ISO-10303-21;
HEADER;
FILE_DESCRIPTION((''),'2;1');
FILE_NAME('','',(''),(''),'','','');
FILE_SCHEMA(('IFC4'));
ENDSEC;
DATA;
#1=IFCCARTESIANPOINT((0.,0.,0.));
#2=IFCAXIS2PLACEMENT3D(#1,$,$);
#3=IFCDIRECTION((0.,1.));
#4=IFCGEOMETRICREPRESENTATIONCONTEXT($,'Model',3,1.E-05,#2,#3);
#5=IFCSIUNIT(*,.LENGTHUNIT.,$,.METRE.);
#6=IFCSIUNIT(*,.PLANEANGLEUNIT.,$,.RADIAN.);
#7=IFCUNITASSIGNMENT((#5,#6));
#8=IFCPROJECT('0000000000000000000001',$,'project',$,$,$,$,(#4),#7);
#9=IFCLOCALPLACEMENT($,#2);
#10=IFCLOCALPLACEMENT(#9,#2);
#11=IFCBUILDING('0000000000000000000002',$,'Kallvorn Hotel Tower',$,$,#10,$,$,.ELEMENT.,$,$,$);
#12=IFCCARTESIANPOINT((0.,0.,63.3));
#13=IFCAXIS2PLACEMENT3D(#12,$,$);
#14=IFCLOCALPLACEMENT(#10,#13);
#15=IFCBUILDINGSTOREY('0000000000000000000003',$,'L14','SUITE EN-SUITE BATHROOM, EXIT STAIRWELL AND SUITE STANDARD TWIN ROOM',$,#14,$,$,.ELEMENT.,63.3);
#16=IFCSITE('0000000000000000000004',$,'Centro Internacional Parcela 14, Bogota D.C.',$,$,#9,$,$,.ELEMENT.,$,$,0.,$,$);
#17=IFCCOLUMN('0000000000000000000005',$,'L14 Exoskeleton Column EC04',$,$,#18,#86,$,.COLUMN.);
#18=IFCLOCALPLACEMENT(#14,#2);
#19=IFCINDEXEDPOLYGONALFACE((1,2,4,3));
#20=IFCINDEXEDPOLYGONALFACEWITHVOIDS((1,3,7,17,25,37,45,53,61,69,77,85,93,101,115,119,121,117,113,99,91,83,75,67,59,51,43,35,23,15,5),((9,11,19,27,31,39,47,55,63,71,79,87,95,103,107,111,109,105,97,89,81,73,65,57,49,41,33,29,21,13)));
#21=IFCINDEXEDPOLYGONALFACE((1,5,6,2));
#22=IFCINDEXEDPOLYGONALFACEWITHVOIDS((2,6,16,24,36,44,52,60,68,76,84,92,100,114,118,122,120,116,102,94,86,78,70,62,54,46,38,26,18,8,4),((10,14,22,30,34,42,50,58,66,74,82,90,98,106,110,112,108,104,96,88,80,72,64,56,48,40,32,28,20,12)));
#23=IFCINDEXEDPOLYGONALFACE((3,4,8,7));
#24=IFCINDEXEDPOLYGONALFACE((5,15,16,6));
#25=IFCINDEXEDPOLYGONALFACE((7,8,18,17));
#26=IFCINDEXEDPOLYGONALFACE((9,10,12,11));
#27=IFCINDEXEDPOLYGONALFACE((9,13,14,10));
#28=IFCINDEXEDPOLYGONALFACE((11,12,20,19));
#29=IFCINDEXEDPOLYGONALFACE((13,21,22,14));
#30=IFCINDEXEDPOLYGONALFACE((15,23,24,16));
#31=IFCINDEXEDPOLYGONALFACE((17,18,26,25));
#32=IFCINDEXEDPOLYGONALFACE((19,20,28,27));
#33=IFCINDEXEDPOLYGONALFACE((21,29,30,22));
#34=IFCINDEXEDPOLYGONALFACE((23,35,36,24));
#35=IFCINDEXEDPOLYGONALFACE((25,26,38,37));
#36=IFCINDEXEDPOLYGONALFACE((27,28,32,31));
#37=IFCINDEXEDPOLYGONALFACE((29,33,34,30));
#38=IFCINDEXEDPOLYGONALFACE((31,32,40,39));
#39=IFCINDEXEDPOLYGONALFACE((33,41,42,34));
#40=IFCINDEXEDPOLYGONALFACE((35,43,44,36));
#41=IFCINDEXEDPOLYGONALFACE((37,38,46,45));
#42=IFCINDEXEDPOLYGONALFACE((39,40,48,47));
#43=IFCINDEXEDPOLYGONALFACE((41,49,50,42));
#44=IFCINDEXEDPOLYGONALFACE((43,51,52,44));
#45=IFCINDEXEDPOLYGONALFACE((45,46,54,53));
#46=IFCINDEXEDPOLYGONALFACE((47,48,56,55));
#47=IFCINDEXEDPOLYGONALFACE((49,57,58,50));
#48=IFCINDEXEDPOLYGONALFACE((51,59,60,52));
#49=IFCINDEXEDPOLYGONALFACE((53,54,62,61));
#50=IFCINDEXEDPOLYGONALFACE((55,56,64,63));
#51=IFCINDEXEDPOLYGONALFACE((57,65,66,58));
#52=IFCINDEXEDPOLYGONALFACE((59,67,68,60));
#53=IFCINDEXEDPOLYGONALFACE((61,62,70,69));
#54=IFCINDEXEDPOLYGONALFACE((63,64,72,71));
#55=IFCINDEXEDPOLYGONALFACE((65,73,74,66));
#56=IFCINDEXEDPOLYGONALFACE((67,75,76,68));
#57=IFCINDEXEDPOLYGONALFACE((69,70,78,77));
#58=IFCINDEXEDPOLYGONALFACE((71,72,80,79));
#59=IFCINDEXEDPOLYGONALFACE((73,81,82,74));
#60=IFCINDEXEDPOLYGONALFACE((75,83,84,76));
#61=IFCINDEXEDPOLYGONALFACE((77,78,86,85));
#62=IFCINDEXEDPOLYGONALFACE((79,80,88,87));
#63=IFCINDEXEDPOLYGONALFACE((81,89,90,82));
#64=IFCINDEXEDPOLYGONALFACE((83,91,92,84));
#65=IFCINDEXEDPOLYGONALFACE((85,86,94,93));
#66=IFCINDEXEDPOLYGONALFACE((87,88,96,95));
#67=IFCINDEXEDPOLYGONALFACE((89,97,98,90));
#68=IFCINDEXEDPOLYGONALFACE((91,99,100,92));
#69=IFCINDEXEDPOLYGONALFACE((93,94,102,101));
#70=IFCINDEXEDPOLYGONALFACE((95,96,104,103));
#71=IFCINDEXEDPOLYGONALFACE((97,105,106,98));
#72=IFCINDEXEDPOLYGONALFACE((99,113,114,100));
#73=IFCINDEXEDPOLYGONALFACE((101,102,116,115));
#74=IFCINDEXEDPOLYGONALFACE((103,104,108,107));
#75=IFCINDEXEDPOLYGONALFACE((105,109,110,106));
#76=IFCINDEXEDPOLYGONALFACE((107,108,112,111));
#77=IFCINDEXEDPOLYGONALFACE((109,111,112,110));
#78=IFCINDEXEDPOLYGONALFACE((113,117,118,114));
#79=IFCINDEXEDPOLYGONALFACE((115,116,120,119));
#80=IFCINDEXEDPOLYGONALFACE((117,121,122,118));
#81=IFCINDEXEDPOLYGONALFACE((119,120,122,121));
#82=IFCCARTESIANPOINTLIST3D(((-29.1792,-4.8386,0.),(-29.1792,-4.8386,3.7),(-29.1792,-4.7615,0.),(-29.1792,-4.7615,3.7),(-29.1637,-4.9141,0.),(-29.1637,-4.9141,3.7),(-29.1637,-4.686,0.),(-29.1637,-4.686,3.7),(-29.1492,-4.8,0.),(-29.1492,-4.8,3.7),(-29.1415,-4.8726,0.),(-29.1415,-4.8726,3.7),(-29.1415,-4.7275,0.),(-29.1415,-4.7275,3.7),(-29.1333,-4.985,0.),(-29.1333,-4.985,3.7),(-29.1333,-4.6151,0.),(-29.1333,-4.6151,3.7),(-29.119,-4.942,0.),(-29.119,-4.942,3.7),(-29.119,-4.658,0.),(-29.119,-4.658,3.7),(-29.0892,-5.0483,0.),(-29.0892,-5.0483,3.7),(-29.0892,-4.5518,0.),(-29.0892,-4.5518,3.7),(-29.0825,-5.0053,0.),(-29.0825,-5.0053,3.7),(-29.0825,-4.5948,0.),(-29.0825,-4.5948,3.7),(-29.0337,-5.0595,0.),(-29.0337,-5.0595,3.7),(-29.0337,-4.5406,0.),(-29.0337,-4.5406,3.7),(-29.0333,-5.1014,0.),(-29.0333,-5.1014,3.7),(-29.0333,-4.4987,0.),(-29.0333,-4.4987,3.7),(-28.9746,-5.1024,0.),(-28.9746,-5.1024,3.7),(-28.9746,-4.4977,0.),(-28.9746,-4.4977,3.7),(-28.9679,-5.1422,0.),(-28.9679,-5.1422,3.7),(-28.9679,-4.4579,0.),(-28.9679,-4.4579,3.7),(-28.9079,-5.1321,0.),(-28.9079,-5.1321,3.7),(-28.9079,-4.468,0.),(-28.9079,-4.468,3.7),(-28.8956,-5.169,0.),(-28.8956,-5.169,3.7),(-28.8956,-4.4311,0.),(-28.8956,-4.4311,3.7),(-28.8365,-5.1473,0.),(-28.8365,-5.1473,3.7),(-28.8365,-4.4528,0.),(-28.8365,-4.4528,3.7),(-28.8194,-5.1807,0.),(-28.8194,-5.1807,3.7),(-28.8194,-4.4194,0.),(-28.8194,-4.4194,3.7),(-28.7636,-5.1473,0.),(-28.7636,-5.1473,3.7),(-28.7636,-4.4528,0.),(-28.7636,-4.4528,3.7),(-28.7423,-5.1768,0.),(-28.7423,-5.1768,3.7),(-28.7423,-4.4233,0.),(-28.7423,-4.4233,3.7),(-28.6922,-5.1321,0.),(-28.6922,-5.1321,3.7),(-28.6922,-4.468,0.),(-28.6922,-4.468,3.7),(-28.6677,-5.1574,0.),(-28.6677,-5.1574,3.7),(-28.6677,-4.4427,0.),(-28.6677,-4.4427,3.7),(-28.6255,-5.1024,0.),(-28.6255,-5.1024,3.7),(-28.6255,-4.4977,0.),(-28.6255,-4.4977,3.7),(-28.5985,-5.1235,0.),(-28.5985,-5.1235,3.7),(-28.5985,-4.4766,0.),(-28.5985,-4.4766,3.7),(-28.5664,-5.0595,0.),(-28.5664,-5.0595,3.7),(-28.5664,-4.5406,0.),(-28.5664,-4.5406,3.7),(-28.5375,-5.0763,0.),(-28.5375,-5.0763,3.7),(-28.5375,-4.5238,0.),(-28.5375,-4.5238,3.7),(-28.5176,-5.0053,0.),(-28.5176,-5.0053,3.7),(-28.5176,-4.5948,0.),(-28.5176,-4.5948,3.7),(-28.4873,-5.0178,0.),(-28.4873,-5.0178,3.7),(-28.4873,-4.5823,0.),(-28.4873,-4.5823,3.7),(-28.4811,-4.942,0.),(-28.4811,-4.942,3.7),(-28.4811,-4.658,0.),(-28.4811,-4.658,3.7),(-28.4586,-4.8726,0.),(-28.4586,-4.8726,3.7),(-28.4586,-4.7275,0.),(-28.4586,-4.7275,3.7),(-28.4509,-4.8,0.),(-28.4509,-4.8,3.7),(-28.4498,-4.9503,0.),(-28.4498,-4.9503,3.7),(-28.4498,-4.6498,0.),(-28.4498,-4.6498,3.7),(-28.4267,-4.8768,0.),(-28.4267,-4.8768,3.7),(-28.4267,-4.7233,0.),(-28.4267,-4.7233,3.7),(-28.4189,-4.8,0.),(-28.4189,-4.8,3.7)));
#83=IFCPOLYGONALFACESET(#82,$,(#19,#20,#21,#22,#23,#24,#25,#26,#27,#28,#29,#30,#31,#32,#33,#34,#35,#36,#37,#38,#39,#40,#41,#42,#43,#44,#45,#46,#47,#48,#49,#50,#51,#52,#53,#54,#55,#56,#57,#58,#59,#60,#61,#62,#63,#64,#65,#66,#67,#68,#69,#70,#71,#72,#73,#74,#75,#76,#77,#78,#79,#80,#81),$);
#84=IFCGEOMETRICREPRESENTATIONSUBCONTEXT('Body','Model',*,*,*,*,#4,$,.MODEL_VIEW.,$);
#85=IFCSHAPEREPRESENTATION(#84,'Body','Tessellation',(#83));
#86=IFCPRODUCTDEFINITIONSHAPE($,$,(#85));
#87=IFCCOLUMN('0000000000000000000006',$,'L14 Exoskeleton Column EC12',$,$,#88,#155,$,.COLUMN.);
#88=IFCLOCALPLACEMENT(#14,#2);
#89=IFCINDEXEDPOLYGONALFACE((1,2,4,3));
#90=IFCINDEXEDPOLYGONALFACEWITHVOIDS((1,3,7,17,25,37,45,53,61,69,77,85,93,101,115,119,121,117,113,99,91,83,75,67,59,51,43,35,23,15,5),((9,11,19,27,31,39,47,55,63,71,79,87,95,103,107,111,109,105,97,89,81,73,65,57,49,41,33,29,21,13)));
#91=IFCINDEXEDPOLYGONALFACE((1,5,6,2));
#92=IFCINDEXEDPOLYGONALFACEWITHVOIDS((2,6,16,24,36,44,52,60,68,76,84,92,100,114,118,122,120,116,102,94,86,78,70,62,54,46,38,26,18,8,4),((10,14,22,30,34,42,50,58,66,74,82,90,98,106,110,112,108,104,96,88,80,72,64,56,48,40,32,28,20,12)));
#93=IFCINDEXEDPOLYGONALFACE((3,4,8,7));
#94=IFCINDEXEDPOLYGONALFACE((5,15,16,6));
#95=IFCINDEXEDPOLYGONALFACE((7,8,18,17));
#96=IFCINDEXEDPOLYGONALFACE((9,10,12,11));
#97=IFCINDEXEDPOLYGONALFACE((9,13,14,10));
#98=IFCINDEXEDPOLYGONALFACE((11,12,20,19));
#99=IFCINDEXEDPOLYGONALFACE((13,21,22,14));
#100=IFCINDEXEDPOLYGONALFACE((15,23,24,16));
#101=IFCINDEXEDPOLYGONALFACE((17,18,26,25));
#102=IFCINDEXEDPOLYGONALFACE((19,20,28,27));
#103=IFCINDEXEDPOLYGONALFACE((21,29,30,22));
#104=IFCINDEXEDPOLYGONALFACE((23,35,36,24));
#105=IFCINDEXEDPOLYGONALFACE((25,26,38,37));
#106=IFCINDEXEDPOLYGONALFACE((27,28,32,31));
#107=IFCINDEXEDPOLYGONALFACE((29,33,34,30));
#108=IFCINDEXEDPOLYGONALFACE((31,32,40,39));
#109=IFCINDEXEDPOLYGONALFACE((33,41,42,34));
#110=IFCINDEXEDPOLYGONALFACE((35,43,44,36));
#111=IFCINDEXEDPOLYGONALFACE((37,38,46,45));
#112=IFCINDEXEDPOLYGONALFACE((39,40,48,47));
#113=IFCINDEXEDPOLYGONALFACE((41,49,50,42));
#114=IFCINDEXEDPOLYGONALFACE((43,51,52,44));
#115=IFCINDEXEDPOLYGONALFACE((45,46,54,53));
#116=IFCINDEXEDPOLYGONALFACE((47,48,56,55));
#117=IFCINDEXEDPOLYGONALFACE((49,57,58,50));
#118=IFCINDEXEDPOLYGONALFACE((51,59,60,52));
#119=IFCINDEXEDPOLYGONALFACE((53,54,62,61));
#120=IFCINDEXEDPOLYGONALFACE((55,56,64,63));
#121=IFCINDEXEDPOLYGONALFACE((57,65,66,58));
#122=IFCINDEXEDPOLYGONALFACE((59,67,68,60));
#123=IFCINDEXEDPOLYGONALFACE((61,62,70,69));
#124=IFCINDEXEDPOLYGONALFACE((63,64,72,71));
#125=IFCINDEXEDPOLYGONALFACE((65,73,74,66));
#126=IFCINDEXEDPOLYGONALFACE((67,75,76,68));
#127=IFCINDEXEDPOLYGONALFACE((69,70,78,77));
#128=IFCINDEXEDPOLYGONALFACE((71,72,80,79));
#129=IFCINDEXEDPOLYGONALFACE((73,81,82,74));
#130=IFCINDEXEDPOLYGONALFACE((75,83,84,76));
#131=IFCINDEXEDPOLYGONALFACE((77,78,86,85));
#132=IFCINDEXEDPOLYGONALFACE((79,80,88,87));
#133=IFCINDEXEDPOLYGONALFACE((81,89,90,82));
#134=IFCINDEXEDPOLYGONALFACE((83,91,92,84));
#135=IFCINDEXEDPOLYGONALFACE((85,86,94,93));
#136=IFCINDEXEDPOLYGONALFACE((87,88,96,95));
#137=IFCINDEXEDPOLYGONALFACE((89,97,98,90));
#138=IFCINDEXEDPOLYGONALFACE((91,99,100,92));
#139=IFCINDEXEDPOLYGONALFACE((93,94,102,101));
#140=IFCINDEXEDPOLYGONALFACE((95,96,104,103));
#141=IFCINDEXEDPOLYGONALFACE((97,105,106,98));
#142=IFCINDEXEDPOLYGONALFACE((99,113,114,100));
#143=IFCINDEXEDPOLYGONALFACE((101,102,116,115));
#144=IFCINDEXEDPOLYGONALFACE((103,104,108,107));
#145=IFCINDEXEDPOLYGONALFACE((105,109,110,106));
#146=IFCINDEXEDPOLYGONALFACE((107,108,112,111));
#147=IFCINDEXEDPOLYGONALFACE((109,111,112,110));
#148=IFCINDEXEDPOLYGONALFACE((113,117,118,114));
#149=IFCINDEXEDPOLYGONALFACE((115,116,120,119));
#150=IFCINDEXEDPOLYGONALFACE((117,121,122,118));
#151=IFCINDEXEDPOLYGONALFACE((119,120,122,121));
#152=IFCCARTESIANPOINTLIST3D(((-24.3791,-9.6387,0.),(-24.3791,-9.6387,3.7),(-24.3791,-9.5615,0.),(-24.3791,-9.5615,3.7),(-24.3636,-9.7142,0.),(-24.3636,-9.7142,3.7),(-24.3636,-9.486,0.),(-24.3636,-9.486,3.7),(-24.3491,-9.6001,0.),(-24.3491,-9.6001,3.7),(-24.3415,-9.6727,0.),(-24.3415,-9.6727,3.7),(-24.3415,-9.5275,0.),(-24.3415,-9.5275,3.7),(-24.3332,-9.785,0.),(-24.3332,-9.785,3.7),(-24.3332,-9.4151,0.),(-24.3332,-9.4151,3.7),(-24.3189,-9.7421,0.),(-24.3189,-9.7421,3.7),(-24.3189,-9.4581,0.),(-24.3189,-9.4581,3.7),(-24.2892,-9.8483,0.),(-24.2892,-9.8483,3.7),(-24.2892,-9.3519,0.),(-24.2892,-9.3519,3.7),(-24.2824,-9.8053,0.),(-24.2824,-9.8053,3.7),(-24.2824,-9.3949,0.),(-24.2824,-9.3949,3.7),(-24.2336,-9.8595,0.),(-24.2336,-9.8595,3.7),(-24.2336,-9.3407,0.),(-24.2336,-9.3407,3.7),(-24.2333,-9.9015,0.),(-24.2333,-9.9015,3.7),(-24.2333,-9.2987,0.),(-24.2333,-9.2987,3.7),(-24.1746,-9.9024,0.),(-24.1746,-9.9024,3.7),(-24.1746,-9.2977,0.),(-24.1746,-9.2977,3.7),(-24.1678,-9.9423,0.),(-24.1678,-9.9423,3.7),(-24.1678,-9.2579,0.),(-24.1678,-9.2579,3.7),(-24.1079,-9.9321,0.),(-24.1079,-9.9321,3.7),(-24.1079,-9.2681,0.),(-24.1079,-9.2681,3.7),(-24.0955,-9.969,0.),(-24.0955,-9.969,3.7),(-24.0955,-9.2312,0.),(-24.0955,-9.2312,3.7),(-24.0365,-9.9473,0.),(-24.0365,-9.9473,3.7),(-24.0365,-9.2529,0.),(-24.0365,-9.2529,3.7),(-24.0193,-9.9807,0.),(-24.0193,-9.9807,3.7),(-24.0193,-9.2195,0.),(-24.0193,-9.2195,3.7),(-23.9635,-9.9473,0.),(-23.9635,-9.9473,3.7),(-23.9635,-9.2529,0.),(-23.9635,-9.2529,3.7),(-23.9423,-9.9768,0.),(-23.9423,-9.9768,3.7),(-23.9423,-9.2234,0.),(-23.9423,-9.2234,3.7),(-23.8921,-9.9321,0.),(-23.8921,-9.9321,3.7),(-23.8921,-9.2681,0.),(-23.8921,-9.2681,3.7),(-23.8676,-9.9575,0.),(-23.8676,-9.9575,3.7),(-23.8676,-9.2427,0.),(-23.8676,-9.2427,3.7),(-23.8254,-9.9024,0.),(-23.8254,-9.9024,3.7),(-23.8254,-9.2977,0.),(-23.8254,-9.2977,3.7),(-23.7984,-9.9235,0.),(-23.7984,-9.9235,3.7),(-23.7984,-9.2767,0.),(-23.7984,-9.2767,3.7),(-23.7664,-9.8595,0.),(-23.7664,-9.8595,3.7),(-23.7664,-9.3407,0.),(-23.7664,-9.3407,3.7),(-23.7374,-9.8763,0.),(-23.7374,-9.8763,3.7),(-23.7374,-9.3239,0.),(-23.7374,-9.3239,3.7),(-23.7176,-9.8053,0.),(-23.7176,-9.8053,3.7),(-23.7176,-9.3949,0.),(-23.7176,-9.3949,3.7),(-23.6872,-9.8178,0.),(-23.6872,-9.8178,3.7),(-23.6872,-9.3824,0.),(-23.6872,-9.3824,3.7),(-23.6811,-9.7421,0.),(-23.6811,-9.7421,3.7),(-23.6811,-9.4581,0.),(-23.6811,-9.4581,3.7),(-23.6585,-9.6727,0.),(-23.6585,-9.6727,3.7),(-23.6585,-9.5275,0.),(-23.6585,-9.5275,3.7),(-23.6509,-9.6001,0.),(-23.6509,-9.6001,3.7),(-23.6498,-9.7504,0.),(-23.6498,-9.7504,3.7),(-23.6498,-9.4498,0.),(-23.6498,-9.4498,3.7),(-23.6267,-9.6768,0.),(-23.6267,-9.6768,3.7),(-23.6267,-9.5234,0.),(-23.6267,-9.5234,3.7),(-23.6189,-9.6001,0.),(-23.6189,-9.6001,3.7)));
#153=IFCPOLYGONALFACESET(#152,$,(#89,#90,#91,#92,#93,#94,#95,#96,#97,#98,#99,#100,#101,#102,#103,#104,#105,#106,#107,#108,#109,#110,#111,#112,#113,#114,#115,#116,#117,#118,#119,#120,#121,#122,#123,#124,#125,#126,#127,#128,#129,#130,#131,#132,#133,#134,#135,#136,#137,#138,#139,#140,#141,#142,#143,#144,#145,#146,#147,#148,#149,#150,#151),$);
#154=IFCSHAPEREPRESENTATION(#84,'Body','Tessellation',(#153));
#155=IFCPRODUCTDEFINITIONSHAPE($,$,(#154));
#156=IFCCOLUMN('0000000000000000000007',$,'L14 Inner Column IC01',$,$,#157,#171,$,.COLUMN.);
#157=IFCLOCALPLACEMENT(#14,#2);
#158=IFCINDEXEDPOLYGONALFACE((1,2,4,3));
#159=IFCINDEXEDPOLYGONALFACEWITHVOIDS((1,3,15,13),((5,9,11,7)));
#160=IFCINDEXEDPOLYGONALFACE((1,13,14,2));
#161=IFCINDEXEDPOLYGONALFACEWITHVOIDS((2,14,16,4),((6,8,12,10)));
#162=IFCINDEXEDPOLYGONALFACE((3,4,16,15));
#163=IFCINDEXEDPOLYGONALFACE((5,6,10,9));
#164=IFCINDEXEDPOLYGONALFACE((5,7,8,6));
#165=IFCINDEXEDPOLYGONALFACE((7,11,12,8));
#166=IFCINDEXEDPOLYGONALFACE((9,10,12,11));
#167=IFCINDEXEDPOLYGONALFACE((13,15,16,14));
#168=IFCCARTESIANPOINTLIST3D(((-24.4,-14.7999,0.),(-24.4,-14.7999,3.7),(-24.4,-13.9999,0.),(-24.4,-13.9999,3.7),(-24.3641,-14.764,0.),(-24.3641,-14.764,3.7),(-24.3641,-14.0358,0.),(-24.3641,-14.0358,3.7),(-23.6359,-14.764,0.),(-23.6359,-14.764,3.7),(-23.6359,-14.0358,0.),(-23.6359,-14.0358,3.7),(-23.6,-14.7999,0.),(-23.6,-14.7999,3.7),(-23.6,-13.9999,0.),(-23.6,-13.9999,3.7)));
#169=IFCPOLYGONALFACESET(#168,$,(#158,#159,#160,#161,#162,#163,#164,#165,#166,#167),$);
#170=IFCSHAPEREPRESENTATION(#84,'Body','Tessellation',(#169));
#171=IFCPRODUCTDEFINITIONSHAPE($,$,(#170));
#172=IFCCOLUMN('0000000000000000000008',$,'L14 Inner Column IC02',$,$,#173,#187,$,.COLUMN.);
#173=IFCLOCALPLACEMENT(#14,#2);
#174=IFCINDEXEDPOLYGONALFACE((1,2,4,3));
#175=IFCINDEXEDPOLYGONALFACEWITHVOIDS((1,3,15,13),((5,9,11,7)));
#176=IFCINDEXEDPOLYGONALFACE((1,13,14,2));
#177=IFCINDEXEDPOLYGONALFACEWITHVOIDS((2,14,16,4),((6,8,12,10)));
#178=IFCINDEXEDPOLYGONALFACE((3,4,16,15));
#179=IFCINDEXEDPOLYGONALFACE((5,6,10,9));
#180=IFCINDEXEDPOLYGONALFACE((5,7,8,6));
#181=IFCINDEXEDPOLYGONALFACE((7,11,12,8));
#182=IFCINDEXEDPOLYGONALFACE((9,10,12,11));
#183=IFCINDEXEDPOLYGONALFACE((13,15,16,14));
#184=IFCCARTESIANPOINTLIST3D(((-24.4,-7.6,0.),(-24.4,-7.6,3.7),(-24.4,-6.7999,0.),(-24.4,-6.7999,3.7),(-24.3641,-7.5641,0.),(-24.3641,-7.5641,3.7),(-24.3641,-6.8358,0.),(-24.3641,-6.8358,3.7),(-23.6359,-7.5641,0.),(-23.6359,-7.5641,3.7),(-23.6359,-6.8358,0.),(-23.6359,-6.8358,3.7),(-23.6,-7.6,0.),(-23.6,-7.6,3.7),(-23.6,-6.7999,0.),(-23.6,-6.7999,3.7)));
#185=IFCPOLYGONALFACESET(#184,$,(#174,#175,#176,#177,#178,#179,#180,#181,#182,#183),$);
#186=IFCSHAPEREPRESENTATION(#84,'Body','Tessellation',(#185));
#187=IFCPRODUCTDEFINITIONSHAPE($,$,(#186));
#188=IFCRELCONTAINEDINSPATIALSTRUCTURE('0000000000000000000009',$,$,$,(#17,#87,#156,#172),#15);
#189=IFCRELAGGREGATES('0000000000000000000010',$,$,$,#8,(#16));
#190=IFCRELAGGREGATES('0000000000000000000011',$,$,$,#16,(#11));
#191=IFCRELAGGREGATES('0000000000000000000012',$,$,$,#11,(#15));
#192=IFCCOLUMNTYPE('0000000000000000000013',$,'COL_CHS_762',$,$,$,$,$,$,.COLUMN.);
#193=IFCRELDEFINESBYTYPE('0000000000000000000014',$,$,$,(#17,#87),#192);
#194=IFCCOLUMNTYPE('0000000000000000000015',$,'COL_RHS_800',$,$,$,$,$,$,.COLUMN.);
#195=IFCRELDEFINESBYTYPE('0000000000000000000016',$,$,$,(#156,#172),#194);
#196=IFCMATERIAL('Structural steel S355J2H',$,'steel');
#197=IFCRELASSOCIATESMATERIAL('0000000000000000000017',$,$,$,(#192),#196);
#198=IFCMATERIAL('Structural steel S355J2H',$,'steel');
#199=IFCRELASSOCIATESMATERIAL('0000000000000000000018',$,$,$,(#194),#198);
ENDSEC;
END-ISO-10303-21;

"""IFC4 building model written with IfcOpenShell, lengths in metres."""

from ifc_helpers import new_model, si_unit, direction, frame, origin, origin_2d, place, context, subcontext, project, spatial, hollow_rectangle, hollow_circle, extrude, material, material_profile, profile_set, type_object, element, save


model = new_model("IFC4")

# Units and contexts
model_context = context("Model", 3, precision=1e-05, world=origin(), true_north=direction((0.0, 1.0)))
body_context = subcontext(model_context, "Body", "Model", "MODEL_VIEW")
ifc_project = project(units=[si_unit("LENGTHUNIT", "METRE"), si_unit("PLANEANGLEUNIT", "RADIAN")], contexts=[model_context])

# Site, building, storey
site_placement = place(None, origin())
site = spatial("IfcSite", under=ifc_project, at=site_placement, Name="Centro Internacional Parcela 14, Bogota D.C.", CompositionType="ELEMENT", RefElevation=0.0)
building_placement = place(site_placement, origin())
building = spatial("IfcBuilding", under=site, at=building_placement, Name="Kallvorn Hotel Tower", CompositionType="ELEMENT")
storey_placement = place(building_placement, frame((0.0, 0.0, 63.3)))
storey = spatial("IfcBuildingStorey", under=building, at=storey_placement, Name="L14", Description="SUITE EN-SUITE BATHROOM, EXIT STAIRWELL AND SUITE STANDARD TWIN ROOM", CompositionType="ELEMENT", Elevation=63.3)

# Columns
ifc_material_1 = material(Name="Structural steel S355J2H", Category="steel")
ifc_material_profile_1 = material_profile(ifc_material_1, hollow_circle(Radius=0.3811, WallThickness=0.032, at=origin_2d()), Name="CHS 762x32")
ifc_profile_set_1 = profile_set([ifc_material_profile_1], Name="Structural steel S355J2H")
column_type_1 = type_object("IfcColumnType", Name="COL_CHS_762", PredefinedType="COLUMN", material=ifc_profile_set_1)
for number, where, z_axis, x_axis, name in (
    (1, (-28.8, -4.8, 0.0), (0.0, 0.0, 1.0), (1.0, 0.0, 0.0), "L14 Exoskeleton Column EC04"),
    (2, (-24.0, -9.6001, 0.0), (0.0, 0.0, 1.0), (1.0, 0.0, 0.0), "L14 Exoskeleton Column EC12"),
):
    element("IfcColumn", number, at=place(storey_placement, frame(where, z_axis=z_axis, x_axis=x_axis)), inside=storey, type_object=column_type_1, Name=name, PredefinedType="COLUMN", context=body_context, shape_type="SweptSolid", body=[
        extrude(hollow_circle(Radius=0.3811, WallThickness=0.032, at=origin_2d()), origin(), (0.0, 0.0, 1.0), 3.7),
    ])
ifc_material_2 = material(Name="Structural steel S355J2H", Category="steel")
ifc_material_profile_2 = material_profile(ifc_material_2, hollow_rectangle(XDim=0.8, YDim=0.8, WallThickness=0.0359, at=origin_2d()), Name="RHS 800x800x36")
ifc_profile_set_2 = profile_set([ifc_material_profile_2], Name="Structural steel S355J2H")
column_type_2 = type_object("IfcColumnType", Name="COL_RHS_800", PredefinedType="COLUMN", material=ifc_profile_set_2)
for number, where, z_axis, x_axis, name in (
    (3, (-24.0, -14.3999, 0.0), (0.0, 0.0, 1.0), (1.0, 0.0, 0.0), "L14 Inner Column IC01"),
    (4, (-24.0, -7.2, 0.0), (0.0, 0.0, 1.0), (1.0, 0.0, 0.0), "L14 Inner Column IC02"),
):
    element("IfcColumn", number, at=place(storey_placement, frame(where, z_axis=z_axis, x_axis=x_axis)), inside=storey, type_object=column_type_2, Name=name, PredefinedType="COLUMN", context=body_context, shape_type="SweptSolid", body=[
        extrude(hollow_rectangle(XDim=0.8, YDim=0.8, WallThickness=0.0359, at=origin_2d()), origin(), (0.0, 0.0, 1.0), 3.7),
    ])

save(model, "model.ifc")
